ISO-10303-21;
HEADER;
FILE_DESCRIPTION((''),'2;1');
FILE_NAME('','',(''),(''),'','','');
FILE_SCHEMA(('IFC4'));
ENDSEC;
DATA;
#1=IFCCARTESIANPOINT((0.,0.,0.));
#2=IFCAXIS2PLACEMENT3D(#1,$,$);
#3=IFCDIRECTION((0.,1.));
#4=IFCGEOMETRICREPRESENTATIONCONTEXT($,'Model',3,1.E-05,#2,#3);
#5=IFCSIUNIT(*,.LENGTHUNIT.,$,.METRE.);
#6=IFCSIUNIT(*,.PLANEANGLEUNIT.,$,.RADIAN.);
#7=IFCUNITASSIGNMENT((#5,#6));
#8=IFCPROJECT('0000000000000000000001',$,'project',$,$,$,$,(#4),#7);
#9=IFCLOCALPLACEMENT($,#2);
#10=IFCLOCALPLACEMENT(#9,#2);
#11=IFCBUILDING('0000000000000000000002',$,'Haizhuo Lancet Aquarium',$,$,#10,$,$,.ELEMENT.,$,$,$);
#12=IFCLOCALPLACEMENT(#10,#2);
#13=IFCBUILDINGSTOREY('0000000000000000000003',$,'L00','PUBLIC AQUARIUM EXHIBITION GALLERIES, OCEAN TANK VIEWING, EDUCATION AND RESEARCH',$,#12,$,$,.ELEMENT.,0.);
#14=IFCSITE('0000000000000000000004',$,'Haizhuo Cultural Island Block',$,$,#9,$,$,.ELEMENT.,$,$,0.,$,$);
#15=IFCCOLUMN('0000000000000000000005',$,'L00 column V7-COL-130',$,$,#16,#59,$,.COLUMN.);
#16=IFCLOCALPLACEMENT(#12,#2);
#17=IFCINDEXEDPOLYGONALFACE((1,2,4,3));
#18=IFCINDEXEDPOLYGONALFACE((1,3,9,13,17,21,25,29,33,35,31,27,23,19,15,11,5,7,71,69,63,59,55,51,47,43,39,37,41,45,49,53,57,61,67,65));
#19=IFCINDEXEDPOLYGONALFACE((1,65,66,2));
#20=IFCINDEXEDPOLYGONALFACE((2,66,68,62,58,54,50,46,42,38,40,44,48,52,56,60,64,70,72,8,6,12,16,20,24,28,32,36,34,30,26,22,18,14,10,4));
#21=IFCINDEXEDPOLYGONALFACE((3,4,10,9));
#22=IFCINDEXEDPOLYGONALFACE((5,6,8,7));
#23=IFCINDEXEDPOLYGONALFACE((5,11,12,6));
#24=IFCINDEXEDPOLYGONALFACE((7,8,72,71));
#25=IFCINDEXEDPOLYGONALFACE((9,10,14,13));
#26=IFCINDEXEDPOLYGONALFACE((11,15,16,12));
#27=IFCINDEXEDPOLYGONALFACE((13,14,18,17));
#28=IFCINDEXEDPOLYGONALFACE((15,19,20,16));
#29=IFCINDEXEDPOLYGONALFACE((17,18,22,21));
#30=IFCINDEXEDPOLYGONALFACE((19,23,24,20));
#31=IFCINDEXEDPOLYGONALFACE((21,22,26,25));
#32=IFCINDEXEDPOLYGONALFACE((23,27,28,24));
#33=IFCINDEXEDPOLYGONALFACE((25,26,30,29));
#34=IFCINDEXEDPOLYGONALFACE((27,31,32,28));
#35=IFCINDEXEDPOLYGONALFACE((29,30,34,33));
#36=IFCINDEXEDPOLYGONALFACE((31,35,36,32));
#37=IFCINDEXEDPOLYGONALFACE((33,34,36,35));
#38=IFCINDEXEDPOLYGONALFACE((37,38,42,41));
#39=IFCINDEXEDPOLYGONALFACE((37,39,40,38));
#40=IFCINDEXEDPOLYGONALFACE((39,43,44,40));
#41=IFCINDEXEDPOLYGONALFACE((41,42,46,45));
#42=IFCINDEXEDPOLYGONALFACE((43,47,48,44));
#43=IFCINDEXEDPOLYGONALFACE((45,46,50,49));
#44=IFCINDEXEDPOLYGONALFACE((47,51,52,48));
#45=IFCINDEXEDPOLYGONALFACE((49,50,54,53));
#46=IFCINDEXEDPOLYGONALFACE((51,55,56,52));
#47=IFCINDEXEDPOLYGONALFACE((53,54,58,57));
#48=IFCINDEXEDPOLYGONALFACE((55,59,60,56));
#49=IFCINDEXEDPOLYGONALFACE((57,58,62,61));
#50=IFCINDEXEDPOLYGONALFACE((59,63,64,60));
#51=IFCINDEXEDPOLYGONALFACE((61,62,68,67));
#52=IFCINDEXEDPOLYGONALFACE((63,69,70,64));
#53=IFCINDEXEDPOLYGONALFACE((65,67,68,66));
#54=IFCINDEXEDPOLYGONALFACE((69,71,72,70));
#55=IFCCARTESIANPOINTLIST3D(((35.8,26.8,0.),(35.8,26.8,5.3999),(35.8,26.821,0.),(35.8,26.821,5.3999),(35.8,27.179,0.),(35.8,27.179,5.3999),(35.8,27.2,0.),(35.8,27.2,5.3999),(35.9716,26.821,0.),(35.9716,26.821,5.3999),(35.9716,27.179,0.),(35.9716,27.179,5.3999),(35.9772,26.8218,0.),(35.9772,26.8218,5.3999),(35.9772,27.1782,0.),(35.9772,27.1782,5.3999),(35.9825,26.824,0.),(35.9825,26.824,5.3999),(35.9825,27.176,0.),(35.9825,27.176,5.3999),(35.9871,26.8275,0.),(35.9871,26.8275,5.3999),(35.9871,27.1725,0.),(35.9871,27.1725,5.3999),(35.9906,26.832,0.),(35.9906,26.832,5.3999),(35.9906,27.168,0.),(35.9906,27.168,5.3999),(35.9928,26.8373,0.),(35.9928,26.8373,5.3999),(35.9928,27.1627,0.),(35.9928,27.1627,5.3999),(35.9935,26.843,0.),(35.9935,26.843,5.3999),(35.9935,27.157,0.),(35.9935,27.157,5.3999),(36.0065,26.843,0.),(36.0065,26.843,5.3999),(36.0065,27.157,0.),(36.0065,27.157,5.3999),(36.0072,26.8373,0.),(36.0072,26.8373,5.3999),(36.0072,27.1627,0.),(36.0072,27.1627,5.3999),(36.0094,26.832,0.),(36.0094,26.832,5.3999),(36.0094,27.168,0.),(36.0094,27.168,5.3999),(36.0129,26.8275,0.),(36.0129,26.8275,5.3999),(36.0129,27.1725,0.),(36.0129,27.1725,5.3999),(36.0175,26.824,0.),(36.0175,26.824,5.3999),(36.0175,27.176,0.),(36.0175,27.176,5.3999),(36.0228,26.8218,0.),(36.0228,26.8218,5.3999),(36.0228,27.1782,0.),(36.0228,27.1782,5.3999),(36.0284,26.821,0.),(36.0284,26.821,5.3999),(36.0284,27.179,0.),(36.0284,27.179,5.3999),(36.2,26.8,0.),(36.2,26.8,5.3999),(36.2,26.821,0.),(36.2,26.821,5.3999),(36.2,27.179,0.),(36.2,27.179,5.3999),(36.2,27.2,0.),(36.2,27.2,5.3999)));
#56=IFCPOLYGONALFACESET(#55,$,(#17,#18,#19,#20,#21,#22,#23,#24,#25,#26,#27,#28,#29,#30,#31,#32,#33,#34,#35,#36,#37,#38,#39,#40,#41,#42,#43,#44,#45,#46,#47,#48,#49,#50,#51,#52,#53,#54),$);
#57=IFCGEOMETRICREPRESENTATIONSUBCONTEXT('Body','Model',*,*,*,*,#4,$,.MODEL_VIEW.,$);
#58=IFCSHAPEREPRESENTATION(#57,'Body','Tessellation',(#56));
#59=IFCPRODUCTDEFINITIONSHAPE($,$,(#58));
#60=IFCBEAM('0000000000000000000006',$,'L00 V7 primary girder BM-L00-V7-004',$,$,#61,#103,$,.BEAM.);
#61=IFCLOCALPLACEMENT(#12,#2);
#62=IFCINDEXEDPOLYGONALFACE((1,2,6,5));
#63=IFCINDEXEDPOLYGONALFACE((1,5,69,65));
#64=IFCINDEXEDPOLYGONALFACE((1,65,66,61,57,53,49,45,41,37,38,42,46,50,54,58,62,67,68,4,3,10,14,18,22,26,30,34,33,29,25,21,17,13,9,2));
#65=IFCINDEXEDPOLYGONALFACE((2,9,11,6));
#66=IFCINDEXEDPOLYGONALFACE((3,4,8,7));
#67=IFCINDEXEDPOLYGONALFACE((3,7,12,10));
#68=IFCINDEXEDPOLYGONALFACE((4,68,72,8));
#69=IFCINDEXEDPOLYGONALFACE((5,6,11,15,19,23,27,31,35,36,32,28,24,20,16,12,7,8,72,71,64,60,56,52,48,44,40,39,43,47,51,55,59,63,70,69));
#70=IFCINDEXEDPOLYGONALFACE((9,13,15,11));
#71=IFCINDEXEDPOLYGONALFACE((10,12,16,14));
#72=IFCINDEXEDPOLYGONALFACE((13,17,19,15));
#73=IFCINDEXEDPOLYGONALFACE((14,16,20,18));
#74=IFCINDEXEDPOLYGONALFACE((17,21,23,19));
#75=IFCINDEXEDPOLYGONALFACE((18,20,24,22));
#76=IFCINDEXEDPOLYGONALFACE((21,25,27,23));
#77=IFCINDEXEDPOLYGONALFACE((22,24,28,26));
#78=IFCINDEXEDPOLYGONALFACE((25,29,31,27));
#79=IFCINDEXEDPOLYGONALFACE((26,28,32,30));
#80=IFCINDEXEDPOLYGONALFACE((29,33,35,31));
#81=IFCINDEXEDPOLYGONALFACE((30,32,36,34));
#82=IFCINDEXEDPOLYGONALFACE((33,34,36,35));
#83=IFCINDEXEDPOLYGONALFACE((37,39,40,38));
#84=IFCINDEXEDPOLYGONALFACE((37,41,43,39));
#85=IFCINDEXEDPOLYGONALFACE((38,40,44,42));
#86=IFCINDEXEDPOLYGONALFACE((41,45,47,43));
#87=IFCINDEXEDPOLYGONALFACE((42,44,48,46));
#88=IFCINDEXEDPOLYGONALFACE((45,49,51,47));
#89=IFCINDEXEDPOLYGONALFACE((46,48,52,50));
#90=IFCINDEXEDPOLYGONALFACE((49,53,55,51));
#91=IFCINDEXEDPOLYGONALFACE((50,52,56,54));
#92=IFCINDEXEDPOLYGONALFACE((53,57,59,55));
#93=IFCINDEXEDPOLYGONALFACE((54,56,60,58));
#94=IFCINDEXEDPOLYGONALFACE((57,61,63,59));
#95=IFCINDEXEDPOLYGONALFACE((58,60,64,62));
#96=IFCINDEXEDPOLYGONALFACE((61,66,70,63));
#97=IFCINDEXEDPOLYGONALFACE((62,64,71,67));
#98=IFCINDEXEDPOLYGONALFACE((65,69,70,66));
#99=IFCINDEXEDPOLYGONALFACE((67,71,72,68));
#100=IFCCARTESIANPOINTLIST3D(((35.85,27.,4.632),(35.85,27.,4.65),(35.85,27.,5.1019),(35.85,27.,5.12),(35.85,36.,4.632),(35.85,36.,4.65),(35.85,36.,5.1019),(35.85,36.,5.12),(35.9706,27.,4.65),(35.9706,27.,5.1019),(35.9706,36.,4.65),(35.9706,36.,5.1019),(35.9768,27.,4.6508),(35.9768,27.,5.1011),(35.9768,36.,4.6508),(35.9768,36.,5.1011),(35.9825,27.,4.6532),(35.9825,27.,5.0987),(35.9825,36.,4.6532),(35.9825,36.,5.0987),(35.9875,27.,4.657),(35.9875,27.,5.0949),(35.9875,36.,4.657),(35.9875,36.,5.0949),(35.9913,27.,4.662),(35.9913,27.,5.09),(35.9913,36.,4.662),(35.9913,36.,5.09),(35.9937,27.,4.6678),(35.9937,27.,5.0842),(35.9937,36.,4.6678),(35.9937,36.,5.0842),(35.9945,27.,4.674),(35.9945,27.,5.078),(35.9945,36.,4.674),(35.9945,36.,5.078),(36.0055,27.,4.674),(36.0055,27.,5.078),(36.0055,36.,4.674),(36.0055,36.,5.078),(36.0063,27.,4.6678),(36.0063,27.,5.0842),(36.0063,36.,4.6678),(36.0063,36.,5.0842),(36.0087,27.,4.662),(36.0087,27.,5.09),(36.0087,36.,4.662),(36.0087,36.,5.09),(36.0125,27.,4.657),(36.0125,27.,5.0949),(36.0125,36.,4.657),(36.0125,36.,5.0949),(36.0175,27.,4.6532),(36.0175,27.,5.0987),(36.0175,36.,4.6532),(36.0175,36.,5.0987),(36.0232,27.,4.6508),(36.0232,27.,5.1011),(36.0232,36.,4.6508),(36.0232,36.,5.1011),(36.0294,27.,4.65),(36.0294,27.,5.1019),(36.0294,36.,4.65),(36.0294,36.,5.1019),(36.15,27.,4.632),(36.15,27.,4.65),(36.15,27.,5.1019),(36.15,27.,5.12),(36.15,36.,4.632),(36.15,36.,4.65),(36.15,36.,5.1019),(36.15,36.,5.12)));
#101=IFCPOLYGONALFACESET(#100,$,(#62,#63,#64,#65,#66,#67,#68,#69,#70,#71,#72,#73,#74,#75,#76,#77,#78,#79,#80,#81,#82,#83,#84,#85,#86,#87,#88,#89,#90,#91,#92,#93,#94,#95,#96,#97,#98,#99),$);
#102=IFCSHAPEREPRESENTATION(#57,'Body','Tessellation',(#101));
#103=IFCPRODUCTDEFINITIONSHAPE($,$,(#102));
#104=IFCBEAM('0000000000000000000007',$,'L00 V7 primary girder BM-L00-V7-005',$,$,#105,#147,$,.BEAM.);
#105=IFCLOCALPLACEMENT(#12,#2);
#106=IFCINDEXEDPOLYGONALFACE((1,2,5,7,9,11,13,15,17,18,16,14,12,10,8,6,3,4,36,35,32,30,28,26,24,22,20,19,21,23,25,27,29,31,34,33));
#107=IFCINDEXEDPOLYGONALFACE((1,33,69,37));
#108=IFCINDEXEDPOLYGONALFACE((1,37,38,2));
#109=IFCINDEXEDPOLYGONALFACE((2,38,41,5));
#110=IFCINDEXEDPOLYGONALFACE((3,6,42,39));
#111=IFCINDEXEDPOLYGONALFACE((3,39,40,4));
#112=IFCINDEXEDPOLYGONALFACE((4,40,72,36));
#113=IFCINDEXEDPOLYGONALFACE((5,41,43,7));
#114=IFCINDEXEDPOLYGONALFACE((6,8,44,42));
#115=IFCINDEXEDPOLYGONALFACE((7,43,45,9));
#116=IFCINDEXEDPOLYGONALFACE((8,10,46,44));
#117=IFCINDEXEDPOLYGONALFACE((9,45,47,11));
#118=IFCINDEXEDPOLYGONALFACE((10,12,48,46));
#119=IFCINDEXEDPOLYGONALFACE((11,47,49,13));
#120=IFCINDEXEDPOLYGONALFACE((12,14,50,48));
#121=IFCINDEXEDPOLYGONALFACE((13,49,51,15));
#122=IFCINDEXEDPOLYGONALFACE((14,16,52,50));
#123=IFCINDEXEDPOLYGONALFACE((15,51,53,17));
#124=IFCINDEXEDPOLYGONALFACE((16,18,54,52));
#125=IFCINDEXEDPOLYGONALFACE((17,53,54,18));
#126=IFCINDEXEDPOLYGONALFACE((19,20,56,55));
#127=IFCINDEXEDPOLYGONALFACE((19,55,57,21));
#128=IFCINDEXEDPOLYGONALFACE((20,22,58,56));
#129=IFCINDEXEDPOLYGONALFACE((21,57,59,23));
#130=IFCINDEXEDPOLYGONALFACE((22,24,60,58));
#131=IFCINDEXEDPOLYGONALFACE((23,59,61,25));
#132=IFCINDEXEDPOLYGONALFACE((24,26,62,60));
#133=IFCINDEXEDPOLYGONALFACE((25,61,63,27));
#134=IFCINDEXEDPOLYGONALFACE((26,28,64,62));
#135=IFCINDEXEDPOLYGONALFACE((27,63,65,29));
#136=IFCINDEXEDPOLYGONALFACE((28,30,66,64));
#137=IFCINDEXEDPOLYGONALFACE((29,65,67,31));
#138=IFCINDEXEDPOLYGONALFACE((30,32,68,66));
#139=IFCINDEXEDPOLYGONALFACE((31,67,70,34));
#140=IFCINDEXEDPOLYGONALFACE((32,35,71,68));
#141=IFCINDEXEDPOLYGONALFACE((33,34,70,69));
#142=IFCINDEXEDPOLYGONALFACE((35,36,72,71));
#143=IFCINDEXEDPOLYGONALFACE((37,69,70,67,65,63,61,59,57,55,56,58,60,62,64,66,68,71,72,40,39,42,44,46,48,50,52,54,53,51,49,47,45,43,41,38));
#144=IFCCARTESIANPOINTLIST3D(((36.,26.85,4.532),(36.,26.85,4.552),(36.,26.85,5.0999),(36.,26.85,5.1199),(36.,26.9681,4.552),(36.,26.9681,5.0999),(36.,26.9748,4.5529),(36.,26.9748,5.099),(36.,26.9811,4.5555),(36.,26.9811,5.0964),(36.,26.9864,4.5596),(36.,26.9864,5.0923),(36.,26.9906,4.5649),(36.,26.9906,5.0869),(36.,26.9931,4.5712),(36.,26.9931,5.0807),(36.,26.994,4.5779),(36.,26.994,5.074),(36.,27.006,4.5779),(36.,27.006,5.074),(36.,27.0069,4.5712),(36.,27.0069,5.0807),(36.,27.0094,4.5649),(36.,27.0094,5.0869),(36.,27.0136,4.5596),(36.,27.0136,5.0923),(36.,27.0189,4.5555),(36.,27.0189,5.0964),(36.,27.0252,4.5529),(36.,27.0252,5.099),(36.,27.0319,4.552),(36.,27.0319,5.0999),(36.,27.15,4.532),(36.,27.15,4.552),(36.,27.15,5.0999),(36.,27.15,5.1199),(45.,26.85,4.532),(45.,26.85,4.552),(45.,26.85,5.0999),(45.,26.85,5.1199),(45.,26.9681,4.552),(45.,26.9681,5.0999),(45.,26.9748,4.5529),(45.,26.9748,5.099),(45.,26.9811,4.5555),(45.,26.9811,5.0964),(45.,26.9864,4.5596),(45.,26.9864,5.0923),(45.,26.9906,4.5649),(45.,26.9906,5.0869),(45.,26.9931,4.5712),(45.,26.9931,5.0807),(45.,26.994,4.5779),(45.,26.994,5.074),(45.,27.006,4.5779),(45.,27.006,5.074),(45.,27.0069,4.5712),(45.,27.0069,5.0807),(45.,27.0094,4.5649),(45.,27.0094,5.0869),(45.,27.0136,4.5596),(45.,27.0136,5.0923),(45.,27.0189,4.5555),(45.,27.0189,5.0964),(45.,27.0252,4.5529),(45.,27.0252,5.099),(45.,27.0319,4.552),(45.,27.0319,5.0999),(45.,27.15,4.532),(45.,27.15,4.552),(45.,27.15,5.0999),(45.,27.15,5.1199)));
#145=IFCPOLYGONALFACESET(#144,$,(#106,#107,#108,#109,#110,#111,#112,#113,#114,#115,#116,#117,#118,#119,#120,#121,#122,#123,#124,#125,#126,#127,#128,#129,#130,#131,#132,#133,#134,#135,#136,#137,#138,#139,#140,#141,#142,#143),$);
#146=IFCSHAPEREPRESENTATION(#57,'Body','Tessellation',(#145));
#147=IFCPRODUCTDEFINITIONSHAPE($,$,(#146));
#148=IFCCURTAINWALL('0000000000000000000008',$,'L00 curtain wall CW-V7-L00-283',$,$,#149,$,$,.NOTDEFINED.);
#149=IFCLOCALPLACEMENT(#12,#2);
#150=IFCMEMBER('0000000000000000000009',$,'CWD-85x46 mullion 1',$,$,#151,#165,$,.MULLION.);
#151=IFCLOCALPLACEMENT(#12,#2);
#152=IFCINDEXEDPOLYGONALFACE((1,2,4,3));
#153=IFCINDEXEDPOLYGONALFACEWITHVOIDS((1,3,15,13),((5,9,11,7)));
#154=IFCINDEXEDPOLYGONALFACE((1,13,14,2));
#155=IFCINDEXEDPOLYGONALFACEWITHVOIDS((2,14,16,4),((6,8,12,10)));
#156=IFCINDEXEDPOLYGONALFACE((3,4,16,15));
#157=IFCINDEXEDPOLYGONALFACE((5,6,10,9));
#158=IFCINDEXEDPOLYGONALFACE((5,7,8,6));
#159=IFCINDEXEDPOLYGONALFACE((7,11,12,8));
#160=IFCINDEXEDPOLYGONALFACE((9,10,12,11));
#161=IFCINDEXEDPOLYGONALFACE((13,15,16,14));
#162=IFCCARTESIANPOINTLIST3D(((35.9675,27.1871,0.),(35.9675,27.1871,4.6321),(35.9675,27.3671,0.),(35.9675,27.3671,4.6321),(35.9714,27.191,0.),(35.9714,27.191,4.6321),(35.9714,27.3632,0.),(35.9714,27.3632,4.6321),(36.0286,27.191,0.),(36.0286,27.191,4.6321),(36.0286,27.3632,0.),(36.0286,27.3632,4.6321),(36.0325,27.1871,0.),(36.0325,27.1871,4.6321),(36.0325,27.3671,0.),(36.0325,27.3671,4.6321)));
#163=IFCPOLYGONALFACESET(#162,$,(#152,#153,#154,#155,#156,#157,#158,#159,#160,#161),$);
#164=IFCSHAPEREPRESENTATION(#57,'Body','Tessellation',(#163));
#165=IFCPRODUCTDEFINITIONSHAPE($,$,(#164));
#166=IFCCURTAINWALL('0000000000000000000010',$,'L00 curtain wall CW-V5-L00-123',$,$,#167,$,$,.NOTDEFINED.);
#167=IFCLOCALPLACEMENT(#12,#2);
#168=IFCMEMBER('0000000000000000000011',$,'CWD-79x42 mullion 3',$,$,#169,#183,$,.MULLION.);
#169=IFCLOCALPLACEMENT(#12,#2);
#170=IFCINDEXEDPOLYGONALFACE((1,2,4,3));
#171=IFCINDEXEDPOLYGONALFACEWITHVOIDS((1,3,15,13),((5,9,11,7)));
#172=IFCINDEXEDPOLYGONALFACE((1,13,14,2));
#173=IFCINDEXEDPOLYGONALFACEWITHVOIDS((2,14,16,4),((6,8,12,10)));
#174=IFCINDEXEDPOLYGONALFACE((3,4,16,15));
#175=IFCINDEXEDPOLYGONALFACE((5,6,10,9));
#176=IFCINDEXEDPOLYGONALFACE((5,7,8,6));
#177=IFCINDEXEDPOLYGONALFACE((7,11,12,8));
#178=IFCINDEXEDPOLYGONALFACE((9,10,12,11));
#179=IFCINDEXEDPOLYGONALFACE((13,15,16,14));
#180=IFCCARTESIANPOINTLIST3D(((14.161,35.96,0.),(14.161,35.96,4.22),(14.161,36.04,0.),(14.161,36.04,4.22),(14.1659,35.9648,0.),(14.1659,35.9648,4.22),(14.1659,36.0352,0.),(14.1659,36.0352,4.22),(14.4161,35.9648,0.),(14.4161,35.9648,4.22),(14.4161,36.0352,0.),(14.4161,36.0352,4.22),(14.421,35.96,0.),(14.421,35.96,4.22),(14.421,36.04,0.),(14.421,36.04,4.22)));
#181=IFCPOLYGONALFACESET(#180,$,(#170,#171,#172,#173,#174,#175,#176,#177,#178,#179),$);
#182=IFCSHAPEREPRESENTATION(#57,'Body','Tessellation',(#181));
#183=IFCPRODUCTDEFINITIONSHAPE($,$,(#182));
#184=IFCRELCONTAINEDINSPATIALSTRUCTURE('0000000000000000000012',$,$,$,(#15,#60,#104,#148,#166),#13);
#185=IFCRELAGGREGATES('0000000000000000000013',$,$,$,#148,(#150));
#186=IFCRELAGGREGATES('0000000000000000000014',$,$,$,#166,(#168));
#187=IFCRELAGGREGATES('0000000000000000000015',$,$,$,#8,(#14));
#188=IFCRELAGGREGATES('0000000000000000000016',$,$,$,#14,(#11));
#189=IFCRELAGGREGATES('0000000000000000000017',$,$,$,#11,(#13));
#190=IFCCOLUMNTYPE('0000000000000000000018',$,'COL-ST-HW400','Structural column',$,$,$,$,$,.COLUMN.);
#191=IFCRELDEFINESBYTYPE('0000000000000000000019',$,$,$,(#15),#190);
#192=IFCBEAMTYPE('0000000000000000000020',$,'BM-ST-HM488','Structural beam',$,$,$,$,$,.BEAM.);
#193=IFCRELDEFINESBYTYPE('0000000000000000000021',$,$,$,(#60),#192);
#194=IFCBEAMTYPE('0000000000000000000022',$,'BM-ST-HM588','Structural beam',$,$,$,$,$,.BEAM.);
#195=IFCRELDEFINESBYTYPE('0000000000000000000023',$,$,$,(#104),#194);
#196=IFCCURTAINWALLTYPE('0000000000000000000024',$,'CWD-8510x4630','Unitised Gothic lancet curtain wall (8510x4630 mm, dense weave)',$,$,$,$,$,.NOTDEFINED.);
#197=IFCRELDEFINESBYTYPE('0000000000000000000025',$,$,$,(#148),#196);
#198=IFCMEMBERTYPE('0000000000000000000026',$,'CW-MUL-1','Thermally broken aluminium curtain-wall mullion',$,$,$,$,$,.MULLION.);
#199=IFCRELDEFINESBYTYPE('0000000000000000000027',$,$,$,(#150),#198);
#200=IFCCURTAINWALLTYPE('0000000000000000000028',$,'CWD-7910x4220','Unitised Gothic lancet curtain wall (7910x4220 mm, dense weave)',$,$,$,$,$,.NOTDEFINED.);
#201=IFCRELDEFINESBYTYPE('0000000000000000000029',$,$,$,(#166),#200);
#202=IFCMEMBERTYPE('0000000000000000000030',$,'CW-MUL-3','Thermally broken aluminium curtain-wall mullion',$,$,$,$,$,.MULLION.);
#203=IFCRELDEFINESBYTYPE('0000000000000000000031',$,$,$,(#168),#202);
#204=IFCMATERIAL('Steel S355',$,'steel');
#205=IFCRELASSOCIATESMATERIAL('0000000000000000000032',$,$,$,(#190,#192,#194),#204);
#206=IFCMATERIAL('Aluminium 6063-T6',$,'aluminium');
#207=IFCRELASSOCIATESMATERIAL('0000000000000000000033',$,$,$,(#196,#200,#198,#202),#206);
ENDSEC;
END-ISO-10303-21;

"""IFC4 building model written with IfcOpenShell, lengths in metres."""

from ifc_helpers import new_model, si_unit, direction, frame, origin, origin_2d, place, context, subcontext, project, spatial, hollow_rectangle, i_section, extrude, material, material_profile, profile_set, type_object, element, aggregate, save


model = new_model("IFC4")

# Units and contexts
model_context = context("Model", 3, precision=1e-05, world=origin(), true_north=direction((0.0, 1.0)))
body_context = subcontext(model_context, "Body", "Model", "MODEL_VIEW")
ifc_project = project(units=[si_unit("LENGTHUNIT", "METRE"), si_unit("PLANEANGLEUNIT", "RADIAN")], contexts=[model_context])

# Site, building, storey
site_placement = place(None, origin())
site = spatial("IfcSite", under=ifc_project, at=site_placement, Name="Haizhuo Cultural Island Block", CompositionType="ELEMENT", RefElevation=0.0)
building_placement = place(site_placement, origin())
building = spatial("IfcBuilding", under=site, at=building_placement, Name="Haizhuo Lancet Aquarium", CompositionType="ELEMENT")
storey_placement = place(building_placement, origin())
storey = spatial("IfcBuildingStorey", under=building, at=storey_placement, Name="L00", Description="PUBLIC AQUARIUM EXHIBITION GALLERIES, OCEAN TANK VIEWING, EDUCATION AND RESEARCH", CompositionType="ELEMENT", Elevation=0.0)

# Column
ifc_material_1 = material(Name="Steel S355", Category="steel")
ifc_material_profile_1 = material_profile(ifc_material_1, i_section(OverallWidth=0.3999, OverallDepth=0.3999, WebThickness=0.0129, FlangeThickness=0.021, FilletRadius=0.022, at=origin_2d()), Name="HW 400x400x13x21")
ifc_profile_set_1 = profile_set([ifc_material_profile_1], Name="Steel S355")
column_type = type_object("IfcColumnType", Name="COL-ST-HW400", Description="Structural column", PredefinedType="COLUMN", material=ifc_profile_set_1)
column_placement = place(storey_placement, frame((36.0, 27.0, 0.0), z_axis=(0.0, 0.0, 1.0), x_axis=(1.0, 0.0, 0.0)))
element("IfcColumn", 1, at=column_placement, inside=storey, type_object=column_type, Name="L00 column V7-COL-130", PredefinedType="COLUMN", context=body_context, shape_type="SweptSolid", body=[
    extrude(i_section(OverallWidth=0.3999, OverallDepth=0.3999, WebThickness=0.0129, FlangeThickness=0.021, FilletRadius=0.022, at=origin_2d()), origin(), (0.0, 0.0, 1.0), 5.3999),
])

# Beams
ifc_material_profile_2 = material_profile(ifc_material_1, i_section(OverallWidth=0.3, OverallDepth=0.488, WebThickness=0.011, FlangeThickness=0.0181, FilletRadius=0.0239, at=origin_2d()), Name="HM 488x300x11x18")
ifc_profile_set_2 = profile_set([ifc_material_profile_2], Name="Steel S355")
beam_type_1 = type_object("IfcBeamType", Name="BM-ST-HM488", Description="Structural beam", PredefinedType="BEAM", material=ifc_profile_set_2)
beam_1_placement = place(storey_placement, frame((36.0, 27.0, 4.876), z_axis=(0.0, 1.0, 0.0), x_axis=(-1.0, 0.0, 0.0)))
element("IfcBeam", 2, at=beam_1_placement, inside=storey, type_object=beam_type_1, Name="L00 V7 primary girder BM-L00-V7-004", PredefinedType="BEAM", context=body_context, shape_type="SweptSolid", body=[
    extrude(i_section(OverallWidth=0.3, OverallDepth=0.488, WebThickness=0.011, FlangeThickness=0.0181, FilletRadius=0.0239, at=origin_2d()), origin(), (0.0, 0.0, 1.0), 9.0),
])
ifc_material_profile_3 = material_profile(ifc_material_1, i_section(OverallWidth=0.3, OverallDepth=0.5879, WebThickness=0.012, FlangeThickness=0.02, FilletRadius=0.0259, at=origin_2d()), Name="HM 588x300x12x20")
ifc_profile_set_3 = profile_set([ifc_material_profile_3], Name="Steel S355")
beam_type_2 = type_object("IfcBeamType", Name="BM-ST-HM588", Description="Structural beam", PredefinedType="BEAM", material=ifc_profile_set_3)
beam_2_placement = place(storey_placement, frame((36.0, 27.0, 4.8259), z_axis=(1.0, 0.0, 0.0), x_axis=(0.0, 1.0, 0.0)))
element("IfcBeam", 3, at=beam_2_placement, inside=storey, type_object=beam_type_2, Name="L00 V7 primary girder BM-L00-V7-005", PredefinedType="BEAM", context=body_context, shape_type="SweptSolid", body=[
    extrude(i_section(OverallWidth=0.3, OverallDepth=0.5879, WebThickness=0.012, FlangeThickness=0.02, FilletRadius=0.0259, at=origin_2d()), origin(), (0.0, 0.0, 1.0), 9.0),
])

# Curtain wall, member
ifc_material_2 = material(Name="Aluminium 6063-T6", Category="aluminium")
curtain_wall_type_1 = type_object("IfcCurtainWallType", Name="CWD-8510x4630", Description="Unitised Gothic lancet curtain wall (8510x4630 mm, dense weave)", PredefinedType="NOTDEFINED", material=ifc_material_2)
curtain_wall_1_placement = place(storey_placement, origin())
curtain_wall_1 = element("IfcCurtainWall", 4, at=curtain_wall_1_placement, inside=storey, type_object=curtain_wall_type_1, Name="L00 curtain wall CW-V7-L00-283", PredefinedType="NOTDEFINED")
ifc_material_profile_4 = material_profile(ifc_material_2, hollow_rectangle(XDim=0.0649, YDim=0.1799, WallThickness=0.0039, at=origin_2d()), Name="ALU-M 65x180x4")
ifc_profile_set_4 = profile_set([ifc_material_profile_4], Name="Aluminium 6063-T6")
member_type_1 = type_object("IfcMemberType", Name="CW-MUL-1", Description="Thermally broken aluminium curtain-wall mullion", PredefinedType="MULLION", material=ifc_profile_set_4)
member_1_placement = place(storey_placement, frame((36.0, 27.2771, 0.0), z_axis=(0.0, 0.0, 1.0), x_axis=(-1.0, 0.0, 0.0)))
member_1 = element("IfcMember", 5, at=member_1_placement, type_object=member_type_1, Name="CWD-85x46 mullion 1", PredefinedType="MULLION", context=body_context, shape_type="SweptSolid", body=[
    extrude(hollow_rectangle(XDim=0.0649, YDim=0.1799, WallThickness=0.0039, at=origin_2d()), origin(), (0.0, 0.0, 1.0), 4.6321),
])

# Curtain wall, member
curtain_wall_type_2 = type_object("IfcCurtainWallType", Name="CWD-7910x4220", Description="Unitised Gothic lancet curtain wall (7910x4220 mm, dense weave)", PredefinedType="NOTDEFINED", material=ifc_material_2)
curtain_wall_2_placement = place(storey_placement, origin())
curtain_wall_2 = element("IfcCurtainWall", 6, at=curtain_wall_2_placement, inside=storey, type_object=curtain_wall_type_2, Name="L00 curtain wall CW-V5-L00-123", PredefinedType="NOTDEFINED")
ifc_material_profile_5 = material_profile(ifc_material_2, hollow_rectangle(XDim=0.0801, YDim=0.26, WallThickness=0.0049, at=origin_2d()), Name="ALU-M 80x260x5")
ifc_profile_set_5 = profile_set([ifc_material_profile_5], Name="Aluminium 6063-T6")
member_type_2 = type_object("IfcMemberType", Name="CW-MUL-3", Description="Thermally broken aluminium curtain-wall mullion", PredefinedType="MULLION", material=ifc_profile_set_5)
member_2_placement = place(storey_placement, frame((14.291, 36.0, 0.0), z_axis=(0.0, 0.0, 1.0), x_axis=(0.0, -1.0, 0.0)))
member_2 = element("IfcMember", 7, at=member_2_placement, type_object=member_type_2, Name="CWD-79x42 mullion 3", PredefinedType="MULLION", context=body_context, shape_type="SweptSolid", body=[
    extrude(hollow_rectangle(XDim=0.0801, YDim=0.26, WallThickness=0.0049, at=origin_2d()), origin(), (0.0, 0.0, 1.0), 4.22),
])

aggregate(curtain_wall_1, [member_1])

aggregate(curtain_wall_2, [member_2])

save(model, "model.ifc")
